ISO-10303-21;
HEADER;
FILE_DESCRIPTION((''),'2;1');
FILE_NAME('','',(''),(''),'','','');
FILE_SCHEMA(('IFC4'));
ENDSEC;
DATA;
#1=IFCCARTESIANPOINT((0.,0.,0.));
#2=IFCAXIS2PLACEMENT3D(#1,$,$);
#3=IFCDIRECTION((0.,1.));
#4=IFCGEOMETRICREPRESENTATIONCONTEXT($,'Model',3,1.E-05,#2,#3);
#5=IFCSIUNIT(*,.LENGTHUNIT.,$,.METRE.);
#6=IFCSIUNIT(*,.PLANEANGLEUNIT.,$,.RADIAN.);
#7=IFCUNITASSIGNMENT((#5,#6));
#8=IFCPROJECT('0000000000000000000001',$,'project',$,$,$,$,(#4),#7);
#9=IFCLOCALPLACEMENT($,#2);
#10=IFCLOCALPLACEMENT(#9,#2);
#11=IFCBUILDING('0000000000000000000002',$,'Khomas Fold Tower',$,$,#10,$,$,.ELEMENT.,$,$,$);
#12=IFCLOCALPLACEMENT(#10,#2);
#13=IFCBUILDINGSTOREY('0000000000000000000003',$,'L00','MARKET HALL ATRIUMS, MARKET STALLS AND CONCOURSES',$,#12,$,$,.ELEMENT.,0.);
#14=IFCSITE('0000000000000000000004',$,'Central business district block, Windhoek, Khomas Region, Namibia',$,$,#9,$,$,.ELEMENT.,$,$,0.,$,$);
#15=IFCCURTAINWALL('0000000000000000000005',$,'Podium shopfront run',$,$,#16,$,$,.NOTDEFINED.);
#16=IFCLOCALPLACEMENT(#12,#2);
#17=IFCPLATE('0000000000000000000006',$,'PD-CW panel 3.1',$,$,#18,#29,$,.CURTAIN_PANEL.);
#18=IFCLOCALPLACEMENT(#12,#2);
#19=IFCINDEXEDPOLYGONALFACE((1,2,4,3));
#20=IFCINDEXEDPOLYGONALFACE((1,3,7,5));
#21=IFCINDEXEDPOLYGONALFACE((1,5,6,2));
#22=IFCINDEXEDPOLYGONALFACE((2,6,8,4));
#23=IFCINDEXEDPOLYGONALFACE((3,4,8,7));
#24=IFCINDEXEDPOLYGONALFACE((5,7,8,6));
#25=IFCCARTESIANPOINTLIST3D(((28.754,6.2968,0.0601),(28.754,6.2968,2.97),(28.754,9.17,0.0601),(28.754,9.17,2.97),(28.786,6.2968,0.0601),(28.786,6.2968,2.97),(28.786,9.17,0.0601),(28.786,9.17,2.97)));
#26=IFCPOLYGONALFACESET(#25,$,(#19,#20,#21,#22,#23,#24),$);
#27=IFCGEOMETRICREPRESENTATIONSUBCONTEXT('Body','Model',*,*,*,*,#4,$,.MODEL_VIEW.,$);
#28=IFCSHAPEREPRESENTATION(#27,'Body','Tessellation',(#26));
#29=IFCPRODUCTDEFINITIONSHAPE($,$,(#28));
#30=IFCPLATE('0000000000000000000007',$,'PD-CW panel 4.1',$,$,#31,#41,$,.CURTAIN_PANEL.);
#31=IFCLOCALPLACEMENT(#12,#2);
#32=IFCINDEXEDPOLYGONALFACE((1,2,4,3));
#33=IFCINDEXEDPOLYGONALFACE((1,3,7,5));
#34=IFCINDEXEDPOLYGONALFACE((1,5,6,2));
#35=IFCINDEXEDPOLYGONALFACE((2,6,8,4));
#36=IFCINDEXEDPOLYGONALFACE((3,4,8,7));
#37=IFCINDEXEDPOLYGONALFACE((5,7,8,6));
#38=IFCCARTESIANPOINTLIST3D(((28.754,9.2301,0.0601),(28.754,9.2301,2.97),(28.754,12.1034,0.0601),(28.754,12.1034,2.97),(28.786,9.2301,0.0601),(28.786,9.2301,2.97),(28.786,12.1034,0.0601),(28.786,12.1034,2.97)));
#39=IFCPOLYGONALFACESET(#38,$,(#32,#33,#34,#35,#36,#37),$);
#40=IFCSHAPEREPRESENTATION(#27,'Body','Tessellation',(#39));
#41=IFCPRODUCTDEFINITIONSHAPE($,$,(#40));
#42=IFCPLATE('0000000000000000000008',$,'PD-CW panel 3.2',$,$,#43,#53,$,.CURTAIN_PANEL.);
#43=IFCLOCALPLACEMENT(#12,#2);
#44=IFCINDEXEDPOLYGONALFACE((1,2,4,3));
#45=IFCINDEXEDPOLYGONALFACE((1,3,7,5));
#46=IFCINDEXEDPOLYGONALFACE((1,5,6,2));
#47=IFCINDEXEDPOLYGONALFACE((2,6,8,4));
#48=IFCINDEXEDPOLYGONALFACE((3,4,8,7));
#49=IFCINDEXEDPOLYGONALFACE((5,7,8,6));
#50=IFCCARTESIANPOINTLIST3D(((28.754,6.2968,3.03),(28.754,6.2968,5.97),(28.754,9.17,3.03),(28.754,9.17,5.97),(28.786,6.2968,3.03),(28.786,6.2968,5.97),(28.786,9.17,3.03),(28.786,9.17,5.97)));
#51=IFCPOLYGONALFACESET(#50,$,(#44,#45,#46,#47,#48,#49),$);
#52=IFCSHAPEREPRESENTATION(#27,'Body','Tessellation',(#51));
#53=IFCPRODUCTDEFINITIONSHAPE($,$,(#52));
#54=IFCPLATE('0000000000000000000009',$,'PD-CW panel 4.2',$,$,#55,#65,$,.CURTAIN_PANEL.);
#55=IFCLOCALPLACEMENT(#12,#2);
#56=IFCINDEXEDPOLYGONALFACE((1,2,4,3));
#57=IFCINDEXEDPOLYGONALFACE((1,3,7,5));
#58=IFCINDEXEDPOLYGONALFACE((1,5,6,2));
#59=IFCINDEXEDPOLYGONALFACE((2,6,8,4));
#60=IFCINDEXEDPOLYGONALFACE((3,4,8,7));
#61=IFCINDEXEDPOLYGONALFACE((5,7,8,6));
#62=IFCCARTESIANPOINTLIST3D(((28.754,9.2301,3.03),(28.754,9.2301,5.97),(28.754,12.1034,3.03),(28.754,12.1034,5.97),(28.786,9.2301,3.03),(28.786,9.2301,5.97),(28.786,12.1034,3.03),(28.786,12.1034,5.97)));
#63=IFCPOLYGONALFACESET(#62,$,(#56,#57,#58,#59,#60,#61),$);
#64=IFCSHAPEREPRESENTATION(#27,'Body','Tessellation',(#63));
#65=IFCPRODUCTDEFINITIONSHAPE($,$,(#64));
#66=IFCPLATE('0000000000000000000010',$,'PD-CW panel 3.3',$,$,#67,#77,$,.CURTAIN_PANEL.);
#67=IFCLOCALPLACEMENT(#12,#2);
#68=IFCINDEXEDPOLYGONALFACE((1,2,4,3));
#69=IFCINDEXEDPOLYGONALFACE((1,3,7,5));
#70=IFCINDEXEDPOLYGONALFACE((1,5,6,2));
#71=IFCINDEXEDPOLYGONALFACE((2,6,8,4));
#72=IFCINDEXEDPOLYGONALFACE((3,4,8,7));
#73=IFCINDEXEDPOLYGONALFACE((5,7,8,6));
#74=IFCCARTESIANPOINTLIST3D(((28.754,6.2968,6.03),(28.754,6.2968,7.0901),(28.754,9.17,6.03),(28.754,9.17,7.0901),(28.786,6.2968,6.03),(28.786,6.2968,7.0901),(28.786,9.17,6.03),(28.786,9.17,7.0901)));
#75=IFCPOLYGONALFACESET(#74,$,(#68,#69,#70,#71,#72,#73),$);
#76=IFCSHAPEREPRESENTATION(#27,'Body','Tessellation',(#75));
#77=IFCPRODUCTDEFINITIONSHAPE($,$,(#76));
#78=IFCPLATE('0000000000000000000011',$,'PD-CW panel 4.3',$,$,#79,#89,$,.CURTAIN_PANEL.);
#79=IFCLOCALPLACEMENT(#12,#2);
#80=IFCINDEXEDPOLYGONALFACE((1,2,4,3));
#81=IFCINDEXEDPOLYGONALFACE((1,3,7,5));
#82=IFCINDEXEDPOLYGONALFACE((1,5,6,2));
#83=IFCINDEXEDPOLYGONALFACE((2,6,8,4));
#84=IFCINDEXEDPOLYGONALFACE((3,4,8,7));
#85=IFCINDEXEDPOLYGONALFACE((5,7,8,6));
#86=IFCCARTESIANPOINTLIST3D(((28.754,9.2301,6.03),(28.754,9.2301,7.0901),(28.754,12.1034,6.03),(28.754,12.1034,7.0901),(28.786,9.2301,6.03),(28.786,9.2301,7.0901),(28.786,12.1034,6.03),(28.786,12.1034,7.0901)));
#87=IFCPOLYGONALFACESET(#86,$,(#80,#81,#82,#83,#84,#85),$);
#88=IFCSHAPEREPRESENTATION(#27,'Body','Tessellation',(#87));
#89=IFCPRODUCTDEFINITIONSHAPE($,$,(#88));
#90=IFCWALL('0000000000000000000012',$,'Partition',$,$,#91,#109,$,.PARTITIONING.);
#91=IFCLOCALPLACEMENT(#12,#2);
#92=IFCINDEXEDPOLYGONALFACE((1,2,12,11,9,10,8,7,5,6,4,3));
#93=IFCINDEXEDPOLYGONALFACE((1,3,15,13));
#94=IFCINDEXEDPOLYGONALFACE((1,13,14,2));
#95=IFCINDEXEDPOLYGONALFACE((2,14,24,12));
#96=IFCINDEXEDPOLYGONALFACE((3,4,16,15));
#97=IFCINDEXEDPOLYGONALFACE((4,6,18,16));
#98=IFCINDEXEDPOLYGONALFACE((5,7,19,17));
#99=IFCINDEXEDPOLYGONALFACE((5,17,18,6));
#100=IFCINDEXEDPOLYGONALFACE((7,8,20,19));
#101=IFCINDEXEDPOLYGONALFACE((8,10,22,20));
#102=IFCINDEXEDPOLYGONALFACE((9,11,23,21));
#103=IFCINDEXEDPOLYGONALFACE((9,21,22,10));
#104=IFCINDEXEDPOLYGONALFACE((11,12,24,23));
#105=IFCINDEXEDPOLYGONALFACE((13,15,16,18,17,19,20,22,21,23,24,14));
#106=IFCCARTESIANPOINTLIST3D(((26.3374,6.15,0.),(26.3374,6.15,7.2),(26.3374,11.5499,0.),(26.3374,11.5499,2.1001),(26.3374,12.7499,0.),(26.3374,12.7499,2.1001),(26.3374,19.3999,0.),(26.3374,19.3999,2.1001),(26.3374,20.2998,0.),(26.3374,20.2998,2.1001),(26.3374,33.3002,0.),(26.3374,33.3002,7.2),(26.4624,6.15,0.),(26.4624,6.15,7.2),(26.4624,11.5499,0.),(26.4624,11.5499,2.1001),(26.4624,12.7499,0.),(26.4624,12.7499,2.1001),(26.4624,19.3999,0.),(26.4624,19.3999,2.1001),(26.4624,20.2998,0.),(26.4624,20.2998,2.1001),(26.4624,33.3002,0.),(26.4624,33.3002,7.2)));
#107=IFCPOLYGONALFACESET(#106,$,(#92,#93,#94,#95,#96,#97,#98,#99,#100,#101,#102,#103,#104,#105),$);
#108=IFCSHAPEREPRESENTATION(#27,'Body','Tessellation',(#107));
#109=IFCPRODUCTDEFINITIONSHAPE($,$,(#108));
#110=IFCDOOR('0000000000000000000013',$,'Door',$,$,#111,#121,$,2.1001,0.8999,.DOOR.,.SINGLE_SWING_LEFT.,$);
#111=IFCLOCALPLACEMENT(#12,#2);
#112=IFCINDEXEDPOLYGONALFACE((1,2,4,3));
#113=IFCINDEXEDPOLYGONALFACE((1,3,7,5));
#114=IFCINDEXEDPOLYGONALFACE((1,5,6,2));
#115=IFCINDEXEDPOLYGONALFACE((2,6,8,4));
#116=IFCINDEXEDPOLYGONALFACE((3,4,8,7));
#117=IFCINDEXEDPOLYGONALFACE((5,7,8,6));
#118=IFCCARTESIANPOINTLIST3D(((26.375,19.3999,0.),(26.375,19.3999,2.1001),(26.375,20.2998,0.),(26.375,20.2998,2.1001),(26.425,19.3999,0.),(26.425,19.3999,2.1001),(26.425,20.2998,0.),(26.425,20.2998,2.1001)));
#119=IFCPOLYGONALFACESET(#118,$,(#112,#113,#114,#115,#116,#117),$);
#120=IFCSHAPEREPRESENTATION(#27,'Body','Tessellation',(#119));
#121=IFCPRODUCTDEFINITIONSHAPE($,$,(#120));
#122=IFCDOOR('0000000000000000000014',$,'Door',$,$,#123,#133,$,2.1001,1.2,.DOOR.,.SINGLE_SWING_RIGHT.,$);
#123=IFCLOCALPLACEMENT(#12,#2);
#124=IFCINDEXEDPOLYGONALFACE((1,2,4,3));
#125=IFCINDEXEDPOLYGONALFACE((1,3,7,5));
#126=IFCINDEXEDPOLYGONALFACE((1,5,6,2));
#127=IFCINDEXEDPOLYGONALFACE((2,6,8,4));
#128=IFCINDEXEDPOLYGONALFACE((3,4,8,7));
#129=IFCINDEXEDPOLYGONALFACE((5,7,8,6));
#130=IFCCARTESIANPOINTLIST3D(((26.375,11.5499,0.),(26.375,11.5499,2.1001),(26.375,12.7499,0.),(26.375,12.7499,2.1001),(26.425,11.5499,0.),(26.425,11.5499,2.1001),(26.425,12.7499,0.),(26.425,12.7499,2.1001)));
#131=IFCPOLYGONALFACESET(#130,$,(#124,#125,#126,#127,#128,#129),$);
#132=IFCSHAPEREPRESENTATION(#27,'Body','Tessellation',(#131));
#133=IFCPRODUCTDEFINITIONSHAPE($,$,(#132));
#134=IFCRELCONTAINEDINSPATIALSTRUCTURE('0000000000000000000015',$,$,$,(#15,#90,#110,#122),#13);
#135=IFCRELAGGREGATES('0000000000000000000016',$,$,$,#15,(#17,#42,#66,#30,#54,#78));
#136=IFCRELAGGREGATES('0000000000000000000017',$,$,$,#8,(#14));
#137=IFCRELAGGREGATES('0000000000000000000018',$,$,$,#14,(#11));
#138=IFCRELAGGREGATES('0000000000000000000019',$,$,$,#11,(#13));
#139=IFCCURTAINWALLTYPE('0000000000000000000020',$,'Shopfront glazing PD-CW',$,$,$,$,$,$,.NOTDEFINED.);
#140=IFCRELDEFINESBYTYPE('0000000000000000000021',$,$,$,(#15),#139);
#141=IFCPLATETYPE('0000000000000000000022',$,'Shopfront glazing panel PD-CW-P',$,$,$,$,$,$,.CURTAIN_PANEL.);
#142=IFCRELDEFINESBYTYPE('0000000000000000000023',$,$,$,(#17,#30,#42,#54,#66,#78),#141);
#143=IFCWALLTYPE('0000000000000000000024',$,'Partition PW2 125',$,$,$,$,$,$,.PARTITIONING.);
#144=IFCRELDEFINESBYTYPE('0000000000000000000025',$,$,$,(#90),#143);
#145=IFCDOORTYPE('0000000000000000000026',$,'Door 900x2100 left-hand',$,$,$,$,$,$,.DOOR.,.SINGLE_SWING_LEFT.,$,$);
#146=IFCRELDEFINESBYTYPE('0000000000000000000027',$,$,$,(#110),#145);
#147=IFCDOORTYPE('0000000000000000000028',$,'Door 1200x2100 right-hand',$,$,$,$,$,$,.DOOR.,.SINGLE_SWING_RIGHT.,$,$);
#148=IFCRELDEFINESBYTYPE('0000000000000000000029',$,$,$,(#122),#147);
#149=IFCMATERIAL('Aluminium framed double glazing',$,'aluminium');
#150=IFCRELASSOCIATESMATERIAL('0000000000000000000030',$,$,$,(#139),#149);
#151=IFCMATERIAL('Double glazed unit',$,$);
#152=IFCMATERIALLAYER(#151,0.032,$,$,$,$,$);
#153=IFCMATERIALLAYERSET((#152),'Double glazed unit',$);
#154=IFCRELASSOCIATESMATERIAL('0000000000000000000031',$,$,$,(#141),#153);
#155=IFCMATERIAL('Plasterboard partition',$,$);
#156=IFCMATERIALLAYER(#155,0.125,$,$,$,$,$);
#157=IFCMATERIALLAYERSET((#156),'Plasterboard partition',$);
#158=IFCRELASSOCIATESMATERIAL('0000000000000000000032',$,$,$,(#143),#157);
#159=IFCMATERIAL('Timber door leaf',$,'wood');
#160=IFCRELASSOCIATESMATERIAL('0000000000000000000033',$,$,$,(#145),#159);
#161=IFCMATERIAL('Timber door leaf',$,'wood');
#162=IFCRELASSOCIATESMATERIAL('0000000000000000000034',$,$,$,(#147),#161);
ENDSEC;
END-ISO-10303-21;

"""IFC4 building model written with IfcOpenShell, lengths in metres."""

from ifc_helpers import new_model, si_unit, direction, frame, frame_2d, origin, origin_2d, place, context, subcontext, project, spatial, rectangle, extrude, source, transform, mapped, material, layer, layer_set, type_object, element, fill, aggregate, save


model = new_model("IFC4")

# Units and contexts
model_context = context("Model", 3, precision=1e-05, world=origin(), true_north=direction((0.0, 1.0)))
body_context = subcontext(model_context, "Body", "Model", "MODEL_VIEW")
ifc_project = project(units=[si_unit("LENGTHUNIT", "METRE"), si_unit("PLANEANGLEUNIT", "RADIAN")], contexts=[model_context])

# Site, building, storey
site_placement = place(None, origin())
site = spatial("IfcSite", under=ifc_project, at=site_placement, Name="Central business district block, Windhoek, Khomas Region, Namibia", CompositionType="ELEMENT", RefElevation=0.0)
building_placement = place(site_placement, origin())
building = spatial("IfcBuilding", under=site, at=building_placement, Name="Khomas Fold Tower", CompositionType="ELEMENT")
storey_placement = place(building_placement, origin())
storey = spatial("IfcBuildingStorey", under=building, at=storey_placement, Name="L00", Description="MARKET HALL ATRIUMS, MARKET STALLS AND CONCOURSES", CompositionType="ELEMENT", Elevation=0.0)

# Curtain wall, plates
ifc_material_1 = material(Name="Aluminium framed double glazing", Category="aluminium")
curtain_wall_type = type_object("IfcCurtainWallType", Name="Shopfront glazing PD-CW", PredefinedType="NOTDEFINED", material=ifc_material_1)
curtain_wall_placement = place(storey_placement, origin())
curtain_wall = element("IfcCurtainWall", 1, at=curtain_wall_placement, inside=storey, type_object=curtain_wall_type, Name="Podium shopfront run", PredefinedType="NOTDEFINED")
ifc_material_2 = material(Name="Double glazed unit")
ifc_layer_1 = layer(ifc_material_2, 0.032)
ifc_layer_set_1 = layer_set([ifc_layer_1], Name="Double glazed unit")
plate_type = type_object("IfcPlateType", Name="Shopfront glazing panel PD-CW-P", PredefinedType="CURTAIN_PANEL", material=ifc_layer_set_1)
shared_shape_1 = source(origin(), body_context, "Body", "SweptSolid", [
    extrude(rectangle(XDim=2.8733, YDim=0.032, at=origin_2d()), origin(), (0.0, 0.0, 1.0), 2.9099),
])
plate_1_placement = place(storey_placement, frame((28.77, 7.7334, 0.0601), z_axis=(0.0, 0.0, 1.0), x_axis=(0.0, 1.0, 0.0)))
plate_1 = element("IfcPlate", 2, at=plate_1_placement, type_object=plate_type, Name="PD-CW panel 3.1", PredefinedType="CURTAIN_PANEL", context=body_context, shape_type="MappedRepresentation", body=[
    mapped(shared_shape_1, transform((0.0, 0.0, 0.0))),
])
plate_2_placement = place(storey_placement, frame((28.77, 10.6667, 0.0601), z_axis=(0.0, 0.0, 1.0), x_axis=(0.0, 1.0, 0.0)))
plate_2 = element("IfcPlate", 3, at=plate_2_placement, type_object=plate_type, Name="PD-CW panel 4.1", PredefinedType="CURTAIN_PANEL", context=body_context, shape_type="MappedRepresentation", body=[
    mapped(shared_shape_1, transform((0.0, 0.0, 0.0))),
])
shared_shape_2 = source(origin(), body_context, "Body", "SweptSolid", [
    extrude(rectangle(XDim=2.8733, YDim=0.032, at=origin_2d()), origin(), (0.0, 0.0, 1.0), 2.9399),
])
plate_3_placement = place(storey_placement, frame((28.77, 7.7334, 3.03), z_axis=(0.0, 0.0, 1.0), x_axis=(0.0, 1.0, 0.0)))
plate_3 = element("IfcPlate", 4, at=plate_3_placement, type_object=plate_type, Name="PD-CW panel 3.2", PredefinedType="CURTAIN_PANEL", context=body_context, shape_type="MappedRepresentation", body=[
    mapped(shared_shape_2, transform((0.0, 0.0, 0.0))),
])
plate_4_placement = place(storey_placement, frame((28.77, 10.6667, 3.03), z_axis=(0.0, 0.0, 1.0), x_axis=(0.0, 1.0, 0.0)))
plate_4 = element("IfcPlate", 5, at=plate_4_placement, type_object=plate_type, Name="PD-CW panel 4.2", PredefinedType="CURTAIN_PANEL", context=body_context, shape_type="MappedRepresentation", body=[
    mapped(shared_shape_2, transform((0.0, 0.0, 0.0))),
])
shared_shape_3 = source(origin(), body_context, "Body", "SweptSolid", [
    extrude(rectangle(XDim=2.8733, YDim=0.032, at=origin_2d()), origin(), (0.0, 0.0, 1.0), 1.0601),
])
plate_5_placement = place(storey_placement, frame((28.77, 7.7334, 6.03), z_axis=(0.0, 0.0, 1.0), x_axis=(0.0, 1.0, 0.0)))
plate_5 = element("IfcPlate", 6, at=plate_5_placement, type_object=plate_type, Name="PD-CW panel 3.3", PredefinedType="CURTAIN_PANEL", context=body_context, shape_type="MappedRepresentation", body=[
    mapped(shared_shape_3, transform((0.0, 0.0, 0.0))),
])
plate_6_placement = place(storey_placement, frame((28.77, 10.6667, 6.03), z_axis=(0.0, 0.0, 1.0), x_axis=(0.0, 1.0, 0.0)))
plate_6 = element("IfcPlate", 7, at=plate_6_placement, type_object=plate_type, Name="PD-CW panel 4.3", PredefinedType="CURTAIN_PANEL", context=body_context, shape_type="MappedRepresentation", body=[
    mapped(shared_shape_3, transform((0.0, 0.0, 0.0))),
])
aggregate(curtain_wall, [plate_1, plate_3, plate_5, plate_2, plate_4, plate_6])

# Wall, openings, doors
ifc_material_3 = material(Name="Plasterboard partition")
ifc_layer_2 = layer(ifc_material_3, 0.125)
ifc_layer_set_2 = layer_set([ifc_layer_2], Name="Plasterboard partition")
wall_type = type_object("IfcWallType", Name="Partition PW2 125", PredefinedType="PARTITIONING", material=ifc_layer_set_2)
shared_shape_4 = source(origin(), body_context, "Body", "SweptSolid", [
    extrude(rectangle(XDim=27.1501, YDim=0.125, at=frame_2d((13.5752, 0.0))), origin(), (0.0, 0.0, 1.0), 7.2),
])
wall_placement = place(storey_placement, frame((26.3999, 6.1499, 0.0), z_axis=(0.0, 0.0, 1.0), x_axis=(0.0, 1.0, 0.0)))
wall = element("IfcWall", 8, at=wall_placement, inside=storey, type_object=wall_type, Name="Partition", PredefinedType="PARTITIONING", context=body_context, shape_type="MappedRepresentation", body=[
    mapped(shared_shape_4, transform((0.0, 0.0, 0.0))),
])
shared_shape_5 = source(origin(), body_context, "Body", "SweptSolid", [
    extrude(rectangle(XDim=1.2, YDim=2.1001, at=frame_2d((0.6001, 1.05))), frame((0.0, 0.0725, 0.0), z_axis=(0.0, -1.0, 0.0), x_axis=(1.0, 0.0, 0.0)), (0.0, 0.0, 1.0), 0.145),
])
opening_1_placement = place(wall_placement, frame((5.3999, 0.0, 0.0)))
opening_1 = element("IfcOpeningElement", 9, at=opening_1_placement, cuts=wall, PredefinedType="OPENING", context=body_context, shape_type="MappedRepresentation", body=[
    mapped(shared_shape_5, transform((0.0, 0.0, 0.0))),
])
shared_shape_6 = source(origin(), body_context, "Body", "SweptSolid", [
    extrude(rectangle(XDim=0.8999, YDim=2.1001, at=frame_2d((0.45, 1.05))), frame((0.0, 0.0725, 0.0), z_axis=(0.0, -1.0, 0.0), x_axis=(1.0, 0.0, 0.0)), (0.0, 0.0, 1.0), 0.145),
])
opening_2_placement = place(wall_placement, frame((13.25, 0.0, 0.0)))
opening_2 = element("IfcOpeningElement", 10, at=opening_2_placement, cuts=wall, PredefinedType="OPENING", context=body_context, shape_type="MappedRepresentation", body=[
    mapped(shared_shape_6, transform((0.0, 0.0, 0.0))),
])
ifc_material_4 = material(Name="Timber door leaf", Category="wood")
door_type_1 = type_object("IfcDoorType", Name="Door 900x2100 left-hand", OperationType="SINGLE_SWING_LEFT", PredefinedType="DOOR", material=ifc_material_4)
shared_shape_7 = source(origin(), body_context, "Body", "SweptSolid", [
    extrude(rectangle(XDim=0.8999, YDim=2.1001, at=frame_2d((0.45, 1.05))), frame((0.0, 0.0249, 0.0), z_axis=(0.0, -1.0, 0.0), x_axis=(1.0, 0.0, 0.0)), (0.0, 0.0, 1.0), 0.05),
])
door_1_placement = place(opening_2_placement, origin())
door_1 = element("IfcDoor", 11, at=door_1_placement, inside=storey, type_object=door_type_1, Name="Door", OperationType="SINGLE_SWING_LEFT", OverallHeight=2.1001, OverallWidth=0.8999, PredefinedType="DOOR", context=body_context, shape_type="MappedRepresentation", body=[
    mapped(shared_shape_7, transform((0.0, 0.0, 0.0))),
])
fill(opening_2, door_1)
ifc_material_5 = material(Name="Timber door leaf", Category="wood")
door_type_2 = type_object("IfcDoorType", Name="Door 1200x2100 right-hand", OperationType="SINGLE_SWING_RIGHT", PredefinedType="DOOR", material=ifc_material_5)
shared_shape_8 = source(origin(), body_context, "Body", "SweptSolid", [
    extrude(rectangle(XDim=1.2, YDim=2.1001, at=frame_2d((0.6001, 1.05))), frame((0.0, 0.0249, 0.0), z_axis=(0.0, -1.0, 0.0), x_axis=(1.0, 0.0, 0.0)), (0.0, 0.0, 1.0), 0.05),
])
door_2_placement = place(opening_1_placement, origin())
door_2 = element("IfcDoor", 12, at=door_2_placement, inside=storey, type_object=door_type_2, Name="Door", OperationType="SINGLE_SWING_RIGHT", OverallHeight=2.1001, OverallWidth=1.2, PredefinedType="DOOR", context=body_context, shape_type="MappedRepresentation", body=[
    mapped(shared_shape_8, transform((0.0, 0.0, 0.0))),
])
fill(opening_1, door_2)

save(model, "model.ifc")
